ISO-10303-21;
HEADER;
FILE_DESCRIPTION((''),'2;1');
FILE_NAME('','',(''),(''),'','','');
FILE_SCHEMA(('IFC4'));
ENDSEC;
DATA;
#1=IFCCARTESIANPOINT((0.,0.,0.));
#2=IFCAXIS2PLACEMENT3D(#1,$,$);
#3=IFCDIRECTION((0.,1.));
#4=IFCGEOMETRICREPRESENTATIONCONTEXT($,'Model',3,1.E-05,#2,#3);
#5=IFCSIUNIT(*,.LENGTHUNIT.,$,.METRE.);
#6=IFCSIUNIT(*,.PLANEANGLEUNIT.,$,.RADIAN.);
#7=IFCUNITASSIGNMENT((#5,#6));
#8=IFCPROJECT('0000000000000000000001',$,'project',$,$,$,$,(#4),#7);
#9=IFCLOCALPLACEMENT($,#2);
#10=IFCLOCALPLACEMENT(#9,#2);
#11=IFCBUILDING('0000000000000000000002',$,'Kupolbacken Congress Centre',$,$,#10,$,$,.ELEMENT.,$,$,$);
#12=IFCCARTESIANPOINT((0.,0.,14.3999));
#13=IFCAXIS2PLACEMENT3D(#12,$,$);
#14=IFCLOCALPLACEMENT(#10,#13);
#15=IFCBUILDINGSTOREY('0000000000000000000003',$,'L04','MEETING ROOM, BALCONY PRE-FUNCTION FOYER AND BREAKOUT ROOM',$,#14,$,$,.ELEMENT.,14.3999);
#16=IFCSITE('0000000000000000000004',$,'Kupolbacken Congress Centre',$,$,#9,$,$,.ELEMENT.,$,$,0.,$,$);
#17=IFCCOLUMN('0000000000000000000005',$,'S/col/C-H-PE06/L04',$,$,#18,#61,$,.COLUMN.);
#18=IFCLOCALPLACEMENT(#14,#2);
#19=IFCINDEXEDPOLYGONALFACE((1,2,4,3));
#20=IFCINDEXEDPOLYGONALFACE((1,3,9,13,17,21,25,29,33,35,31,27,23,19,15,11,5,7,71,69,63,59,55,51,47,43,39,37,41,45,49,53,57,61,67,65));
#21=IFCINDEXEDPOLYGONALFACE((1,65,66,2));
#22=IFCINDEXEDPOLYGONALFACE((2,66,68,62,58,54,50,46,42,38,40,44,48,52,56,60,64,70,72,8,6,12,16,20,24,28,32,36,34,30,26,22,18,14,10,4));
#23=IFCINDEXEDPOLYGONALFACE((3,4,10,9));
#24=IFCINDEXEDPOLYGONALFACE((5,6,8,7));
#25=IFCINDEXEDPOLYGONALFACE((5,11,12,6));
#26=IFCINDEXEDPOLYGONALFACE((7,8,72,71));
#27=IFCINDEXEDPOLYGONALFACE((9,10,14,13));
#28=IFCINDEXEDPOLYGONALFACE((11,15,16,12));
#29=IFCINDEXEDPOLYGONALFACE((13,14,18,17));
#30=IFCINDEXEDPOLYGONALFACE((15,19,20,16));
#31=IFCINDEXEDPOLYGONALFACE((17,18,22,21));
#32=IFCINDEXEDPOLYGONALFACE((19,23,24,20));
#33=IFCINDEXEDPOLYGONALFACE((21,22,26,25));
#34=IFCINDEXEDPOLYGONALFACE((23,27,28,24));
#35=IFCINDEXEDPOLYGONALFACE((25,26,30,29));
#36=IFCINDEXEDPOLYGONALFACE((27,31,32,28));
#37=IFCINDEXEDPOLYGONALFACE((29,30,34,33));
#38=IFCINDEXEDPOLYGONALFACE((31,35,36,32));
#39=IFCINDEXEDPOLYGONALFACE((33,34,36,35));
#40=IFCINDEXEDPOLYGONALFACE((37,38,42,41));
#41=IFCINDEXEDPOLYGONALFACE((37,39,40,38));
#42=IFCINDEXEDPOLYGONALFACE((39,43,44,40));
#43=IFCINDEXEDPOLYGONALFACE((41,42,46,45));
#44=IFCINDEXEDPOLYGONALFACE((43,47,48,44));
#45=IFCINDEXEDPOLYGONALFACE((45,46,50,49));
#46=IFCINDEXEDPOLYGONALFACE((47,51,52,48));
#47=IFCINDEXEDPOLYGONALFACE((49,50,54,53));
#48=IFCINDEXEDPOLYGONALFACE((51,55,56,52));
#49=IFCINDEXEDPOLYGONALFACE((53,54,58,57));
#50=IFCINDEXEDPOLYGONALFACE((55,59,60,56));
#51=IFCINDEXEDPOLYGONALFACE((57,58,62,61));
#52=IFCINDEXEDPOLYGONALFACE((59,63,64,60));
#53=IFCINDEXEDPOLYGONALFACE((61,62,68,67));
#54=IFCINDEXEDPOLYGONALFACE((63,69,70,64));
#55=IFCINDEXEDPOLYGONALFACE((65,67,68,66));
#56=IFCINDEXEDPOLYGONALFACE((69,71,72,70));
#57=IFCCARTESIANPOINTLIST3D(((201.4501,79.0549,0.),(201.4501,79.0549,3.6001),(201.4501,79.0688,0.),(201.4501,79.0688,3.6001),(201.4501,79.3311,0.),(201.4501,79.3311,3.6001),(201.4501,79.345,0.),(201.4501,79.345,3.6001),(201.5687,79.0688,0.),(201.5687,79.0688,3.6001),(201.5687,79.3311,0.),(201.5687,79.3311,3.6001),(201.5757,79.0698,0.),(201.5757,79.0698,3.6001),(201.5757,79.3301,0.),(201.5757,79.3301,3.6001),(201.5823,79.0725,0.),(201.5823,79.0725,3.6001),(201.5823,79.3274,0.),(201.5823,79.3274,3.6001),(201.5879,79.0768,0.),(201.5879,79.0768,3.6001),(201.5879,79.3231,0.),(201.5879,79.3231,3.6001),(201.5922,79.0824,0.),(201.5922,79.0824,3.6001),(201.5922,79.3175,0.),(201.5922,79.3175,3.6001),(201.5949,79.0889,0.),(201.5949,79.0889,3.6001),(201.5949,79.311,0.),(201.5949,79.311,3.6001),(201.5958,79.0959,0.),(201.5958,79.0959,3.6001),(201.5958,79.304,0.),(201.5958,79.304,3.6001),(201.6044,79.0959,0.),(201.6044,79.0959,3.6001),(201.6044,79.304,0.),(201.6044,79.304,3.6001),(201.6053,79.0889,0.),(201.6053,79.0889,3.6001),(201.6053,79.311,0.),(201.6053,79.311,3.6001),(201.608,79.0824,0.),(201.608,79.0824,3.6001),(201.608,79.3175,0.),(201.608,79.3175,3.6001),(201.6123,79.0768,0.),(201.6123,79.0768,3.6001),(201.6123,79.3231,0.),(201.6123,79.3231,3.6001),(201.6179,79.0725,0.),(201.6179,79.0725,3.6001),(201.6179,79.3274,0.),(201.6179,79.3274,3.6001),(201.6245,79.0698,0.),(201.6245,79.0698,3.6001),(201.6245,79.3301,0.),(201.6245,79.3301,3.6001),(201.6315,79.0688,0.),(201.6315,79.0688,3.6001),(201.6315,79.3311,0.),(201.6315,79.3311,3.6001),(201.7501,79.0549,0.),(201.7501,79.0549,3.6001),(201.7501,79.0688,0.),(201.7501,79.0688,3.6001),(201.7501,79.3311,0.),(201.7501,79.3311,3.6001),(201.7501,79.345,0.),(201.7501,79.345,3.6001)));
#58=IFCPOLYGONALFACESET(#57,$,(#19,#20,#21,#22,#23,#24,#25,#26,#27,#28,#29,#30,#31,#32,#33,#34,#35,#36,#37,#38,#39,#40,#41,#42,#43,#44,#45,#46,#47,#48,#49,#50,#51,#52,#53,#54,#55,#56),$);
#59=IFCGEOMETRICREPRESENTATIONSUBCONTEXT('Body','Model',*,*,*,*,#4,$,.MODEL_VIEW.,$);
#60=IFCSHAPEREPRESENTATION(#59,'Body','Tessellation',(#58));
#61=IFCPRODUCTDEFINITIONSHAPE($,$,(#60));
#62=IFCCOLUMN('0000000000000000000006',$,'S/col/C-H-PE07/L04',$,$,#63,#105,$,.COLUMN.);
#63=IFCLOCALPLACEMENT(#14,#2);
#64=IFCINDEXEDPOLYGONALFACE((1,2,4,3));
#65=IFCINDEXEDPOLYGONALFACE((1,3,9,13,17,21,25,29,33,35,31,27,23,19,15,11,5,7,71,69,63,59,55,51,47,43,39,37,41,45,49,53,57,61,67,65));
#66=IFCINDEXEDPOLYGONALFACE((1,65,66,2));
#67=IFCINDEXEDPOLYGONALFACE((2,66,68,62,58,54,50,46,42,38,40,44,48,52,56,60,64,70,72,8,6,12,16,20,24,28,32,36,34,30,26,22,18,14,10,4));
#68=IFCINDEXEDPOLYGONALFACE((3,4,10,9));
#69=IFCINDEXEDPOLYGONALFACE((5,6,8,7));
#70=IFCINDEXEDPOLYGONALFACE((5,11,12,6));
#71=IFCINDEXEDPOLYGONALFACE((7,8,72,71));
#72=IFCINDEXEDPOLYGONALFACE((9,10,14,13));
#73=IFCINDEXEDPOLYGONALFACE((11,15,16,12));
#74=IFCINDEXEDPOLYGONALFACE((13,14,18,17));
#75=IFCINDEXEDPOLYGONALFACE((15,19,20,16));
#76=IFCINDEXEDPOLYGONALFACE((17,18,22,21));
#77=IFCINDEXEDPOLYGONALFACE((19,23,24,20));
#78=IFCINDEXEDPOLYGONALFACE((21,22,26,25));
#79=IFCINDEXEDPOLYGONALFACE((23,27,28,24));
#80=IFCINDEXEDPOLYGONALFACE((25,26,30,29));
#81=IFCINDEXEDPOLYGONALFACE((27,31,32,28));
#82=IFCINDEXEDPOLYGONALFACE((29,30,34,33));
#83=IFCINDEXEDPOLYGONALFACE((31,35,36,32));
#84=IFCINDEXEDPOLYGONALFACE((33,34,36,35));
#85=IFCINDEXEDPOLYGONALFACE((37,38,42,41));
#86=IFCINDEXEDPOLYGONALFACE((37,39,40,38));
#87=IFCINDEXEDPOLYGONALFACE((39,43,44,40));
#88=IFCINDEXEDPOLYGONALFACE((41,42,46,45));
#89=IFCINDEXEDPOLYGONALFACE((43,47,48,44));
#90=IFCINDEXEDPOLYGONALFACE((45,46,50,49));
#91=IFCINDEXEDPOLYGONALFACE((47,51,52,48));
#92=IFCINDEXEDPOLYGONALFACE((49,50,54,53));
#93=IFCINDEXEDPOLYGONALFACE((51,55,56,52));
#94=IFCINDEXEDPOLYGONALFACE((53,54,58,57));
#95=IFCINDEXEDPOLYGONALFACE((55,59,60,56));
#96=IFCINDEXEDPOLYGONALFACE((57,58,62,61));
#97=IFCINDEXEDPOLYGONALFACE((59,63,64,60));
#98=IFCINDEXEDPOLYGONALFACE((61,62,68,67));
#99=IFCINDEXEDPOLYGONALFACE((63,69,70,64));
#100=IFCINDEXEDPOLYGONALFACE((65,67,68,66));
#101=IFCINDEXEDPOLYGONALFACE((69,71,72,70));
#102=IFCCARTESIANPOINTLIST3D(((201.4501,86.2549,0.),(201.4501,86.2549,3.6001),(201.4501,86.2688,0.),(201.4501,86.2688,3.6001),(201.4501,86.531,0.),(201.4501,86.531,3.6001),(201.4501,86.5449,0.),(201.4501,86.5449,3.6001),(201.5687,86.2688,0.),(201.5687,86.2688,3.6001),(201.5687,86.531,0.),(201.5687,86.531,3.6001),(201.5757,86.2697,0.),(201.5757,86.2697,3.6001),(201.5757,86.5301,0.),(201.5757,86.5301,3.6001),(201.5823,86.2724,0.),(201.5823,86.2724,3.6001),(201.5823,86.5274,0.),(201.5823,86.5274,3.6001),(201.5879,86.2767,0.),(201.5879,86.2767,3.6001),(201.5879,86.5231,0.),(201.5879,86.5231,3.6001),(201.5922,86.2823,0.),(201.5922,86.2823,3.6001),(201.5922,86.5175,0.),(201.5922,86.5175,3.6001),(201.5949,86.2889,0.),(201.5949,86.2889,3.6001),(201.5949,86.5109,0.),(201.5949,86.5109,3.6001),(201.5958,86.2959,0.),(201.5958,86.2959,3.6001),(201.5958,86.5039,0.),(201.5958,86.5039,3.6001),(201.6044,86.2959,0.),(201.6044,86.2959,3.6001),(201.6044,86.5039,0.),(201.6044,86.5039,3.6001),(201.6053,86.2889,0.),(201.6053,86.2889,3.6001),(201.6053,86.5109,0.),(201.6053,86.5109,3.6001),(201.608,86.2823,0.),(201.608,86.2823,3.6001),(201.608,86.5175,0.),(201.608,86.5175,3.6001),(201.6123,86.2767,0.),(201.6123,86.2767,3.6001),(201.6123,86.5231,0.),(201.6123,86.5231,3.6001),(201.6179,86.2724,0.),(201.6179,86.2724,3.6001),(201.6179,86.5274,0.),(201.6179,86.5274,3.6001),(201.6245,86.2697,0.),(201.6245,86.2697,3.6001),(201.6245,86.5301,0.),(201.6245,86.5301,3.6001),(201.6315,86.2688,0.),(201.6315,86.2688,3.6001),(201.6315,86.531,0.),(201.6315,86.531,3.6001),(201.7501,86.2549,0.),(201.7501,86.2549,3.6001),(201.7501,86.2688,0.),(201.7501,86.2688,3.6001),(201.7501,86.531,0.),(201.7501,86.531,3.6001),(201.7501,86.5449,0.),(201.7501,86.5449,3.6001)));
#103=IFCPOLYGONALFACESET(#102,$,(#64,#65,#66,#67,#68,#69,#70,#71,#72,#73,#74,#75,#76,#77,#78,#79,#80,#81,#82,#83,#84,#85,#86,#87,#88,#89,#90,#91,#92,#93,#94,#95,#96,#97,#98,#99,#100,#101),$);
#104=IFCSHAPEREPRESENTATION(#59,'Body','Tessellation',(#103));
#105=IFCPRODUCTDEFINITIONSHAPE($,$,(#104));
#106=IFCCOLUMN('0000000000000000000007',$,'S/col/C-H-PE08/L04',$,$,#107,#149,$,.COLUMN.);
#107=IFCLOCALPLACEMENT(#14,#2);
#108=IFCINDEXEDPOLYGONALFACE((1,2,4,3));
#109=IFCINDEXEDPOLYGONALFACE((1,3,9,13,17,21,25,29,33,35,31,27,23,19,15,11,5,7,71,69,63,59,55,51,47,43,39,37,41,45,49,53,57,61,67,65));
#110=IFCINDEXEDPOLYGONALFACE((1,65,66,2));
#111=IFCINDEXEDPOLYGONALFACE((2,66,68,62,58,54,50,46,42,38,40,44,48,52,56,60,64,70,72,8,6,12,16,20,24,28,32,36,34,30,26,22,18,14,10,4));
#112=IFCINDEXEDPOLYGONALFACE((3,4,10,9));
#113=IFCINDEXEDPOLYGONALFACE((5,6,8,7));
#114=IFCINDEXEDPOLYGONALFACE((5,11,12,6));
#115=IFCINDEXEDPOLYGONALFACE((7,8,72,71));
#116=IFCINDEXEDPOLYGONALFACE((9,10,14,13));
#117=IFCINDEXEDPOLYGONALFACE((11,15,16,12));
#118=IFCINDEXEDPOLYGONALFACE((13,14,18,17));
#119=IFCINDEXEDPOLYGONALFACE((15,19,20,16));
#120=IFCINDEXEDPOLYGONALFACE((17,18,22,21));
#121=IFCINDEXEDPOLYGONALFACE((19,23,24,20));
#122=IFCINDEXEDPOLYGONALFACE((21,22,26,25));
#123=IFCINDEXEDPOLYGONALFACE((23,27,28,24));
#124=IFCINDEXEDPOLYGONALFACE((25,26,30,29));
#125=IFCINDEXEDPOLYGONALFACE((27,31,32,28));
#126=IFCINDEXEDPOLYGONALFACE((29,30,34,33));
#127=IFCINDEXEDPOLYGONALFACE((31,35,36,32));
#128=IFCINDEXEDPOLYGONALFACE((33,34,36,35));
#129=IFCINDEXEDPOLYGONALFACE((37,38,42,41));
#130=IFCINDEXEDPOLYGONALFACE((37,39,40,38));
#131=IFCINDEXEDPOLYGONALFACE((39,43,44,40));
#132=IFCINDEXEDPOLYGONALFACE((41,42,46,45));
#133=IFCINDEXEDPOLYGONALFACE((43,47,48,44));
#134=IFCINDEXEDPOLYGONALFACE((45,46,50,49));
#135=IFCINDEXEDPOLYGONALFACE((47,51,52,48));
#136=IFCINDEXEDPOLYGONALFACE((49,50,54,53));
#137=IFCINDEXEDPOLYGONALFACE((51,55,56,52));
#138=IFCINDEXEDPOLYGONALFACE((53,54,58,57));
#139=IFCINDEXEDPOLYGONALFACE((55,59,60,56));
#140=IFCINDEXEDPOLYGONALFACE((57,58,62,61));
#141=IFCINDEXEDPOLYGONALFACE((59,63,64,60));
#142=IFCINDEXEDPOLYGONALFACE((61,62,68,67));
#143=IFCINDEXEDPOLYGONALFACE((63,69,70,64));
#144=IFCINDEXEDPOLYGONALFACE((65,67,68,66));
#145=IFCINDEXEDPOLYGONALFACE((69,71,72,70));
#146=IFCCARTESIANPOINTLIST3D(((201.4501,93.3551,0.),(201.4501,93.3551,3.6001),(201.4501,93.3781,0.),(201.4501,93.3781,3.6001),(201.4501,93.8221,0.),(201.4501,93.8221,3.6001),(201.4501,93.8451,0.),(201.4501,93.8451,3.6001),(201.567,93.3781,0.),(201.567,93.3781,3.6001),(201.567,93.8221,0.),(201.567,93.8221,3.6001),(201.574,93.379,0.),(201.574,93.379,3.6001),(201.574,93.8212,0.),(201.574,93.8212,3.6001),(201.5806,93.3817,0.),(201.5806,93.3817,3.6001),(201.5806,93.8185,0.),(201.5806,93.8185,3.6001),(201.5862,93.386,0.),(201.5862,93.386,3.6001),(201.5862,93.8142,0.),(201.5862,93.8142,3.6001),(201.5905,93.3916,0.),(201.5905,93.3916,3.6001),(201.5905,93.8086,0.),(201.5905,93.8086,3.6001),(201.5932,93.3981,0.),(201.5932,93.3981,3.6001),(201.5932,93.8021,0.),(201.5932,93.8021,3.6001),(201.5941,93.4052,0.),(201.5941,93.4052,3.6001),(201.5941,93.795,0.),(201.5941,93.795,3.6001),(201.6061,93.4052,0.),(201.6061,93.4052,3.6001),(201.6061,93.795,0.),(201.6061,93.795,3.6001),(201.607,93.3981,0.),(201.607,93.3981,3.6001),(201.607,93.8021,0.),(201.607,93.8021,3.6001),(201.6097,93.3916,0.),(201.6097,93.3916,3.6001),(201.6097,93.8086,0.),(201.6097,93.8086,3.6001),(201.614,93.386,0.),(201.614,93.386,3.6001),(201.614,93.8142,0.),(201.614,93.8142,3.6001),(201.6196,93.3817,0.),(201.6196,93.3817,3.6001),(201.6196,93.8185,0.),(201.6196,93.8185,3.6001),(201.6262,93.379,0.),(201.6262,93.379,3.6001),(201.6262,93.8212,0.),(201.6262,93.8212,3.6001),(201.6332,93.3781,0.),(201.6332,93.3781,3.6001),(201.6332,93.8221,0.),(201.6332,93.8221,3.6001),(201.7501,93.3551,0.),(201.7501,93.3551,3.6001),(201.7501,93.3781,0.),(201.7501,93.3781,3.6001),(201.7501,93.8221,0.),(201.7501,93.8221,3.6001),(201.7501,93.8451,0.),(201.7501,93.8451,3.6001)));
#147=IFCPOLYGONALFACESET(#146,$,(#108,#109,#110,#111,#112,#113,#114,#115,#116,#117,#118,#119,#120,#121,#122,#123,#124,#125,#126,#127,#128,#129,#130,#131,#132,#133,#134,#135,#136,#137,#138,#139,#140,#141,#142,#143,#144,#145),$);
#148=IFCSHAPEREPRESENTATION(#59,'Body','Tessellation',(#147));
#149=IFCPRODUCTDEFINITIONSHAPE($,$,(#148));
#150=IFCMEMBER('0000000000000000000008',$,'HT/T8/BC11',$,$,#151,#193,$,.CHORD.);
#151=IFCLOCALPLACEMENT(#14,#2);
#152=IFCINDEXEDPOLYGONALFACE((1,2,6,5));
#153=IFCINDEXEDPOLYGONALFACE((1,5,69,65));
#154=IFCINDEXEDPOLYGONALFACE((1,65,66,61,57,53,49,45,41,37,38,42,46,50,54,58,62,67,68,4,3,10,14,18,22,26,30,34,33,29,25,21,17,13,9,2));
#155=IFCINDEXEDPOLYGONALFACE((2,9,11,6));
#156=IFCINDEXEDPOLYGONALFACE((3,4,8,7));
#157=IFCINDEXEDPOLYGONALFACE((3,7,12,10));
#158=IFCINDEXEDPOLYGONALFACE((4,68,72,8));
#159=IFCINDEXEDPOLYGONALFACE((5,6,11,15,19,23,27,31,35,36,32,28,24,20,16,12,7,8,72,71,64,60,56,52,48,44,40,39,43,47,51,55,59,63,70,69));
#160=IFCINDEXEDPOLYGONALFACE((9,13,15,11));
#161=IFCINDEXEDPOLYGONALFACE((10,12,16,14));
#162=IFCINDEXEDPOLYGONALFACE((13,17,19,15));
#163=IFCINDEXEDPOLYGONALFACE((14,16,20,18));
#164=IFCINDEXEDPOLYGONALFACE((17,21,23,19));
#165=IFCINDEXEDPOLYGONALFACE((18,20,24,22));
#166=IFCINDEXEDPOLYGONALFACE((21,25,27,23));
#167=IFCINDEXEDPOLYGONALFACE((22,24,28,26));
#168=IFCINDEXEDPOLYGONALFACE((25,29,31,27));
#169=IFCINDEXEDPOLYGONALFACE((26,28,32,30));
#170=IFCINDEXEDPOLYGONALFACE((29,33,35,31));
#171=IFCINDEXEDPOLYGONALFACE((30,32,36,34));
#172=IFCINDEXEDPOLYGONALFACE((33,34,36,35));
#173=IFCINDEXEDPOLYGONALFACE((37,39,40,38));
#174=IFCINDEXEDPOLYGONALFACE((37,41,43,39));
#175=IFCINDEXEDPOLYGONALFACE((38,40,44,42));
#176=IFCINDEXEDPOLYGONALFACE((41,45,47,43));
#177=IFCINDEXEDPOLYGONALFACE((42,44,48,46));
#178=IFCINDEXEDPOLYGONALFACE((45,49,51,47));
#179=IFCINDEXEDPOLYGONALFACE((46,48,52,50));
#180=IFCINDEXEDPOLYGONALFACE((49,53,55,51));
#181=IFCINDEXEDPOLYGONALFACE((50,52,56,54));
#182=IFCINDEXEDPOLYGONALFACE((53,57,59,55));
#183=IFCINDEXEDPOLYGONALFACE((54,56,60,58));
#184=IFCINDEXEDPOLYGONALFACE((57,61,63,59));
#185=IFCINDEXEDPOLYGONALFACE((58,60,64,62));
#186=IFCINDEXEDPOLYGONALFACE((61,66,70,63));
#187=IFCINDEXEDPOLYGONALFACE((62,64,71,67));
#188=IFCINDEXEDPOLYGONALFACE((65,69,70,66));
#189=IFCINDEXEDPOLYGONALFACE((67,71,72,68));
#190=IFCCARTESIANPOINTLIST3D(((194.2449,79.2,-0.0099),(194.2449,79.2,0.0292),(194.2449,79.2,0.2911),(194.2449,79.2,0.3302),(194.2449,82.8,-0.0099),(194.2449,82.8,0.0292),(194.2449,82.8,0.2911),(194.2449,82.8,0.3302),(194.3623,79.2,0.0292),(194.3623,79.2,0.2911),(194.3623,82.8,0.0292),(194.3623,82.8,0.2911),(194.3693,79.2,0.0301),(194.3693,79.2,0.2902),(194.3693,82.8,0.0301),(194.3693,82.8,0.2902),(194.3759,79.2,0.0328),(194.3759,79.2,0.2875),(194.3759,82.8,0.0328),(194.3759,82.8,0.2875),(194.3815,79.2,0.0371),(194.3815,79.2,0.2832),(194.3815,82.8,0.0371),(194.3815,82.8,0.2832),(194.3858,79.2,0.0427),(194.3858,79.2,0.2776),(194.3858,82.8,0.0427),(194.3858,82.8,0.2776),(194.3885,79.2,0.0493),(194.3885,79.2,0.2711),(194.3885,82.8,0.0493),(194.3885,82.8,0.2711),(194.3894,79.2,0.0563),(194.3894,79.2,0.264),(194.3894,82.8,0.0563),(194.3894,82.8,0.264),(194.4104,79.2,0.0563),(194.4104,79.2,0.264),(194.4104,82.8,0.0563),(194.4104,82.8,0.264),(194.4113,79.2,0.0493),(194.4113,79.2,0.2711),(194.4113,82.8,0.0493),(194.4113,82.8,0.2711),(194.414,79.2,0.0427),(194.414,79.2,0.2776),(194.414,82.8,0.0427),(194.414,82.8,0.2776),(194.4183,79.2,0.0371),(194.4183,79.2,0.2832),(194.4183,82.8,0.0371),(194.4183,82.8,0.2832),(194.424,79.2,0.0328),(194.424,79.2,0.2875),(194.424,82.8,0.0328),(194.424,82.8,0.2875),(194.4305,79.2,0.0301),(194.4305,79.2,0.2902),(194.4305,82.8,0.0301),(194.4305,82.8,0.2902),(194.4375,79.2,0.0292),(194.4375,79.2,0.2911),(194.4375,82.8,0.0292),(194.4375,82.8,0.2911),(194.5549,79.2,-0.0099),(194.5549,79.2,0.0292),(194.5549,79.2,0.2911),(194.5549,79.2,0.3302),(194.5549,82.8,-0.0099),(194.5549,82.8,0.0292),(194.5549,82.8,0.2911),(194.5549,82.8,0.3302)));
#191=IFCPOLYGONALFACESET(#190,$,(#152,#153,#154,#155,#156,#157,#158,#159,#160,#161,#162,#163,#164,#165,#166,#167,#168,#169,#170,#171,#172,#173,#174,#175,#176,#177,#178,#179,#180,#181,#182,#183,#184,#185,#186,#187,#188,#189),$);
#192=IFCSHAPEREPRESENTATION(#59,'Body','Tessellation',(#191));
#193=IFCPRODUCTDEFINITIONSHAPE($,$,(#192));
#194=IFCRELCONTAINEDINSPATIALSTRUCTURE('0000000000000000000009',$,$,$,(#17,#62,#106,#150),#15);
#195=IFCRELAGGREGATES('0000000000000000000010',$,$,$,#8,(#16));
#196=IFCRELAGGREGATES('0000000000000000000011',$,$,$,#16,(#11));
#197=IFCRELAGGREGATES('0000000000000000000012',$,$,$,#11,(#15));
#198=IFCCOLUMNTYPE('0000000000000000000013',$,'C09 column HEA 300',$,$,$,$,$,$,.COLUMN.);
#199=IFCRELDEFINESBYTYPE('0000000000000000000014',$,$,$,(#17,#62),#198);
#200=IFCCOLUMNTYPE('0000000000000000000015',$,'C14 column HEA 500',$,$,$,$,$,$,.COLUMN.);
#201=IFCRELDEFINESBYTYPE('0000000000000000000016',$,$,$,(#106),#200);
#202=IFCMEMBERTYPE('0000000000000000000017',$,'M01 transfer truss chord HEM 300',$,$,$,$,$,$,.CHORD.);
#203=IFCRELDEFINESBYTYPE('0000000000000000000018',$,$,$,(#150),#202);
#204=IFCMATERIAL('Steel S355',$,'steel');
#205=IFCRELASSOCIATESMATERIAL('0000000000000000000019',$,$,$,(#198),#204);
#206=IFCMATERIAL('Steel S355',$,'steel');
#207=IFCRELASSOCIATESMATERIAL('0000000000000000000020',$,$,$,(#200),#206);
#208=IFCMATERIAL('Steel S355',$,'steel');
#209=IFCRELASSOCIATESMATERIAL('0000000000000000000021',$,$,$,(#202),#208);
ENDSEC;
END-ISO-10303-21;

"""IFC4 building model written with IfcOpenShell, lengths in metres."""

from ifc_helpers import new_model, si_unit, direction, frame, origin, origin_2d, place, context, subcontext, project, spatial, i_section, extrude, material, material_profile, profile_set, type_object, element, save


model = new_model("IFC4")

# Units and contexts
model_context = context("Model", 3, precision=1e-05, world=origin(), true_north=direction((0.0, 1.0)))
body_context = subcontext(model_context, "Body", "Model", "MODEL_VIEW")
ifc_project = project(units=[si_unit("LENGTHUNIT", "METRE"), si_unit("PLANEANGLEUNIT", "RADIAN")], contexts=[model_context])

# Site, building, storey
site_placement = place(None, origin())
site = spatial("IfcSite", under=ifc_project, at=site_placement, Name="Kupolbacken Congress Centre", CompositionType="ELEMENT", RefElevation=0.0)
building_placement = place(site_placement, origin())
building = spatial("IfcBuilding", under=site, at=building_placement, Name="Kupolbacken Congress Centre", CompositionType="ELEMENT")
storey_placement = place(building_placement, frame((0.0, 0.0, 14.3999)))
storey = spatial("IfcBuildingStorey", under=building, at=storey_placement, Name="L04", Description="MEETING ROOM, BALCONY PRE-FUNCTION FOYER AND BREAKOUT ROOM", CompositionType="ELEMENT", Elevation=14.3999)

# Columns
ifc_material_1 = material(Name="Steel S355", Category="steel")
ifc_material_profile_1 = material_profile(ifc_material_1, i_section(OverallWidth=0.3, OverallDepth=0.29, WebThickness=0.0085, FlangeThickness=0.0139, FilletRadius=0.0271, at=origin_2d()), Name="HEA 300")
ifc_profile_set_1 = profile_set([ifc_material_profile_1], Name="Steel S355")
column_type_1 = type_object("IfcColumnType", Name="C09 column HEA 300", PredefinedType="COLUMN", material=ifc_profile_set_1)
for number, where, z_axis, x_axis, name in (
    (1, (201.6001, 79.2, 0.0), (0.0, 0.0, 1.0), (1.0, 0.0, 0.0), "S/col/C-H-PE06/L04"),
    (2, (201.6001, 86.3999, 0.0), (0.0, 0.0, 1.0), (1.0, 0.0, 0.0), "S/col/C-H-PE07/L04"),
):
    element("IfcColumn", number, at=place(storey_placement, frame(where, z_axis=z_axis, x_axis=x_axis)), inside=storey, type_object=column_type_1, Name=name, PredefinedType="COLUMN", context=body_context, shape_type="SweptSolid", body=[
        extrude(i_section(OverallWidth=0.3, OverallDepth=0.29, WebThickness=0.0085, FlangeThickness=0.0139, FilletRadius=0.0271, at=origin_2d()), origin(), (0.0, 0.0, 1.0), 3.6001),
    ])
ifc_material_2 = material(Name="Steel S355", Category="steel")
ifc_material_profile_2 = material_profile(ifc_material_2, i_section(OverallWidth=0.3, OverallDepth=0.49, WebThickness=0.012, FlangeThickness=0.0229, FilletRadius=0.0271, at=origin_2d()), Name="HEA 500")
ifc_profile_set_2 = profile_set([ifc_material_profile_2], Name="Steel S355")
column_type_2 = type_object("IfcColumnType", Name="C14 column HEA 500", PredefinedType="COLUMN", material=ifc_profile_set_2)
column_placement = place(storey_placement, frame((201.6001, 93.6001, 0.0), z_axis=(0.0, 0.0, 1.0), x_axis=(1.0, 0.0, 0.0)))
element("IfcColumn", 3, at=column_placement, inside=storey, type_object=column_type_2, Name="S/col/C-H-PE08/L04", PredefinedType="COLUMN", context=body_context, shape_type="SweptSolid", body=[
    extrude(i_section(OverallWidth=0.3, OverallDepth=0.49, WebThickness=0.012, FlangeThickness=0.0229, FilletRadius=0.0271, at=origin_2d()), origin(), (0.0, 0.0, 1.0), 3.6001),
])

# Member
ifc_material_3 = material(Name="Steel S355", Category="steel")
ifc_material_profile_3 = material_profile(ifc_material_3, i_section(OverallWidth=0.3101, OverallDepth=0.3401, WebThickness=0.021, FlangeThickness=0.0391, FilletRadius=0.0271, at=origin_2d()), Name="HEM 300")
ifc_profile_set_3 = profile_set([ifc_material_profile_3], Name="Steel S355")
member_type_1 = type_object("IfcMemberType", Name="M01 transfer truss chord HEM 300", PredefinedType="CHORD", material=ifc_profile_set_3)
member_1_placement = place(storey_placement, frame((194.3999, 79.2, 0.1602), z_axis=(0.0, 1.0, 0.0), x_axis=(-1.0, 0.0, 0.0)))
element("IfcMember", 4, at=member_1_placement, inside=storey, type_object=member_type_1, Name="HT/T8/BC11", PredefinedType="CHORD", context=body_context, shape_type="SweptSolid", body=[
    extrude(i_section(OverallWidth=0.3101, OverallDepth=0.3401, WebThickness=0.021, FlangeThickness=0.0391, FilletRadius=0.0271, at=origin_2d()), origin(), (0.0, 0.0, 1.0), 3.6001),
])

save(model, "model.ifc")
